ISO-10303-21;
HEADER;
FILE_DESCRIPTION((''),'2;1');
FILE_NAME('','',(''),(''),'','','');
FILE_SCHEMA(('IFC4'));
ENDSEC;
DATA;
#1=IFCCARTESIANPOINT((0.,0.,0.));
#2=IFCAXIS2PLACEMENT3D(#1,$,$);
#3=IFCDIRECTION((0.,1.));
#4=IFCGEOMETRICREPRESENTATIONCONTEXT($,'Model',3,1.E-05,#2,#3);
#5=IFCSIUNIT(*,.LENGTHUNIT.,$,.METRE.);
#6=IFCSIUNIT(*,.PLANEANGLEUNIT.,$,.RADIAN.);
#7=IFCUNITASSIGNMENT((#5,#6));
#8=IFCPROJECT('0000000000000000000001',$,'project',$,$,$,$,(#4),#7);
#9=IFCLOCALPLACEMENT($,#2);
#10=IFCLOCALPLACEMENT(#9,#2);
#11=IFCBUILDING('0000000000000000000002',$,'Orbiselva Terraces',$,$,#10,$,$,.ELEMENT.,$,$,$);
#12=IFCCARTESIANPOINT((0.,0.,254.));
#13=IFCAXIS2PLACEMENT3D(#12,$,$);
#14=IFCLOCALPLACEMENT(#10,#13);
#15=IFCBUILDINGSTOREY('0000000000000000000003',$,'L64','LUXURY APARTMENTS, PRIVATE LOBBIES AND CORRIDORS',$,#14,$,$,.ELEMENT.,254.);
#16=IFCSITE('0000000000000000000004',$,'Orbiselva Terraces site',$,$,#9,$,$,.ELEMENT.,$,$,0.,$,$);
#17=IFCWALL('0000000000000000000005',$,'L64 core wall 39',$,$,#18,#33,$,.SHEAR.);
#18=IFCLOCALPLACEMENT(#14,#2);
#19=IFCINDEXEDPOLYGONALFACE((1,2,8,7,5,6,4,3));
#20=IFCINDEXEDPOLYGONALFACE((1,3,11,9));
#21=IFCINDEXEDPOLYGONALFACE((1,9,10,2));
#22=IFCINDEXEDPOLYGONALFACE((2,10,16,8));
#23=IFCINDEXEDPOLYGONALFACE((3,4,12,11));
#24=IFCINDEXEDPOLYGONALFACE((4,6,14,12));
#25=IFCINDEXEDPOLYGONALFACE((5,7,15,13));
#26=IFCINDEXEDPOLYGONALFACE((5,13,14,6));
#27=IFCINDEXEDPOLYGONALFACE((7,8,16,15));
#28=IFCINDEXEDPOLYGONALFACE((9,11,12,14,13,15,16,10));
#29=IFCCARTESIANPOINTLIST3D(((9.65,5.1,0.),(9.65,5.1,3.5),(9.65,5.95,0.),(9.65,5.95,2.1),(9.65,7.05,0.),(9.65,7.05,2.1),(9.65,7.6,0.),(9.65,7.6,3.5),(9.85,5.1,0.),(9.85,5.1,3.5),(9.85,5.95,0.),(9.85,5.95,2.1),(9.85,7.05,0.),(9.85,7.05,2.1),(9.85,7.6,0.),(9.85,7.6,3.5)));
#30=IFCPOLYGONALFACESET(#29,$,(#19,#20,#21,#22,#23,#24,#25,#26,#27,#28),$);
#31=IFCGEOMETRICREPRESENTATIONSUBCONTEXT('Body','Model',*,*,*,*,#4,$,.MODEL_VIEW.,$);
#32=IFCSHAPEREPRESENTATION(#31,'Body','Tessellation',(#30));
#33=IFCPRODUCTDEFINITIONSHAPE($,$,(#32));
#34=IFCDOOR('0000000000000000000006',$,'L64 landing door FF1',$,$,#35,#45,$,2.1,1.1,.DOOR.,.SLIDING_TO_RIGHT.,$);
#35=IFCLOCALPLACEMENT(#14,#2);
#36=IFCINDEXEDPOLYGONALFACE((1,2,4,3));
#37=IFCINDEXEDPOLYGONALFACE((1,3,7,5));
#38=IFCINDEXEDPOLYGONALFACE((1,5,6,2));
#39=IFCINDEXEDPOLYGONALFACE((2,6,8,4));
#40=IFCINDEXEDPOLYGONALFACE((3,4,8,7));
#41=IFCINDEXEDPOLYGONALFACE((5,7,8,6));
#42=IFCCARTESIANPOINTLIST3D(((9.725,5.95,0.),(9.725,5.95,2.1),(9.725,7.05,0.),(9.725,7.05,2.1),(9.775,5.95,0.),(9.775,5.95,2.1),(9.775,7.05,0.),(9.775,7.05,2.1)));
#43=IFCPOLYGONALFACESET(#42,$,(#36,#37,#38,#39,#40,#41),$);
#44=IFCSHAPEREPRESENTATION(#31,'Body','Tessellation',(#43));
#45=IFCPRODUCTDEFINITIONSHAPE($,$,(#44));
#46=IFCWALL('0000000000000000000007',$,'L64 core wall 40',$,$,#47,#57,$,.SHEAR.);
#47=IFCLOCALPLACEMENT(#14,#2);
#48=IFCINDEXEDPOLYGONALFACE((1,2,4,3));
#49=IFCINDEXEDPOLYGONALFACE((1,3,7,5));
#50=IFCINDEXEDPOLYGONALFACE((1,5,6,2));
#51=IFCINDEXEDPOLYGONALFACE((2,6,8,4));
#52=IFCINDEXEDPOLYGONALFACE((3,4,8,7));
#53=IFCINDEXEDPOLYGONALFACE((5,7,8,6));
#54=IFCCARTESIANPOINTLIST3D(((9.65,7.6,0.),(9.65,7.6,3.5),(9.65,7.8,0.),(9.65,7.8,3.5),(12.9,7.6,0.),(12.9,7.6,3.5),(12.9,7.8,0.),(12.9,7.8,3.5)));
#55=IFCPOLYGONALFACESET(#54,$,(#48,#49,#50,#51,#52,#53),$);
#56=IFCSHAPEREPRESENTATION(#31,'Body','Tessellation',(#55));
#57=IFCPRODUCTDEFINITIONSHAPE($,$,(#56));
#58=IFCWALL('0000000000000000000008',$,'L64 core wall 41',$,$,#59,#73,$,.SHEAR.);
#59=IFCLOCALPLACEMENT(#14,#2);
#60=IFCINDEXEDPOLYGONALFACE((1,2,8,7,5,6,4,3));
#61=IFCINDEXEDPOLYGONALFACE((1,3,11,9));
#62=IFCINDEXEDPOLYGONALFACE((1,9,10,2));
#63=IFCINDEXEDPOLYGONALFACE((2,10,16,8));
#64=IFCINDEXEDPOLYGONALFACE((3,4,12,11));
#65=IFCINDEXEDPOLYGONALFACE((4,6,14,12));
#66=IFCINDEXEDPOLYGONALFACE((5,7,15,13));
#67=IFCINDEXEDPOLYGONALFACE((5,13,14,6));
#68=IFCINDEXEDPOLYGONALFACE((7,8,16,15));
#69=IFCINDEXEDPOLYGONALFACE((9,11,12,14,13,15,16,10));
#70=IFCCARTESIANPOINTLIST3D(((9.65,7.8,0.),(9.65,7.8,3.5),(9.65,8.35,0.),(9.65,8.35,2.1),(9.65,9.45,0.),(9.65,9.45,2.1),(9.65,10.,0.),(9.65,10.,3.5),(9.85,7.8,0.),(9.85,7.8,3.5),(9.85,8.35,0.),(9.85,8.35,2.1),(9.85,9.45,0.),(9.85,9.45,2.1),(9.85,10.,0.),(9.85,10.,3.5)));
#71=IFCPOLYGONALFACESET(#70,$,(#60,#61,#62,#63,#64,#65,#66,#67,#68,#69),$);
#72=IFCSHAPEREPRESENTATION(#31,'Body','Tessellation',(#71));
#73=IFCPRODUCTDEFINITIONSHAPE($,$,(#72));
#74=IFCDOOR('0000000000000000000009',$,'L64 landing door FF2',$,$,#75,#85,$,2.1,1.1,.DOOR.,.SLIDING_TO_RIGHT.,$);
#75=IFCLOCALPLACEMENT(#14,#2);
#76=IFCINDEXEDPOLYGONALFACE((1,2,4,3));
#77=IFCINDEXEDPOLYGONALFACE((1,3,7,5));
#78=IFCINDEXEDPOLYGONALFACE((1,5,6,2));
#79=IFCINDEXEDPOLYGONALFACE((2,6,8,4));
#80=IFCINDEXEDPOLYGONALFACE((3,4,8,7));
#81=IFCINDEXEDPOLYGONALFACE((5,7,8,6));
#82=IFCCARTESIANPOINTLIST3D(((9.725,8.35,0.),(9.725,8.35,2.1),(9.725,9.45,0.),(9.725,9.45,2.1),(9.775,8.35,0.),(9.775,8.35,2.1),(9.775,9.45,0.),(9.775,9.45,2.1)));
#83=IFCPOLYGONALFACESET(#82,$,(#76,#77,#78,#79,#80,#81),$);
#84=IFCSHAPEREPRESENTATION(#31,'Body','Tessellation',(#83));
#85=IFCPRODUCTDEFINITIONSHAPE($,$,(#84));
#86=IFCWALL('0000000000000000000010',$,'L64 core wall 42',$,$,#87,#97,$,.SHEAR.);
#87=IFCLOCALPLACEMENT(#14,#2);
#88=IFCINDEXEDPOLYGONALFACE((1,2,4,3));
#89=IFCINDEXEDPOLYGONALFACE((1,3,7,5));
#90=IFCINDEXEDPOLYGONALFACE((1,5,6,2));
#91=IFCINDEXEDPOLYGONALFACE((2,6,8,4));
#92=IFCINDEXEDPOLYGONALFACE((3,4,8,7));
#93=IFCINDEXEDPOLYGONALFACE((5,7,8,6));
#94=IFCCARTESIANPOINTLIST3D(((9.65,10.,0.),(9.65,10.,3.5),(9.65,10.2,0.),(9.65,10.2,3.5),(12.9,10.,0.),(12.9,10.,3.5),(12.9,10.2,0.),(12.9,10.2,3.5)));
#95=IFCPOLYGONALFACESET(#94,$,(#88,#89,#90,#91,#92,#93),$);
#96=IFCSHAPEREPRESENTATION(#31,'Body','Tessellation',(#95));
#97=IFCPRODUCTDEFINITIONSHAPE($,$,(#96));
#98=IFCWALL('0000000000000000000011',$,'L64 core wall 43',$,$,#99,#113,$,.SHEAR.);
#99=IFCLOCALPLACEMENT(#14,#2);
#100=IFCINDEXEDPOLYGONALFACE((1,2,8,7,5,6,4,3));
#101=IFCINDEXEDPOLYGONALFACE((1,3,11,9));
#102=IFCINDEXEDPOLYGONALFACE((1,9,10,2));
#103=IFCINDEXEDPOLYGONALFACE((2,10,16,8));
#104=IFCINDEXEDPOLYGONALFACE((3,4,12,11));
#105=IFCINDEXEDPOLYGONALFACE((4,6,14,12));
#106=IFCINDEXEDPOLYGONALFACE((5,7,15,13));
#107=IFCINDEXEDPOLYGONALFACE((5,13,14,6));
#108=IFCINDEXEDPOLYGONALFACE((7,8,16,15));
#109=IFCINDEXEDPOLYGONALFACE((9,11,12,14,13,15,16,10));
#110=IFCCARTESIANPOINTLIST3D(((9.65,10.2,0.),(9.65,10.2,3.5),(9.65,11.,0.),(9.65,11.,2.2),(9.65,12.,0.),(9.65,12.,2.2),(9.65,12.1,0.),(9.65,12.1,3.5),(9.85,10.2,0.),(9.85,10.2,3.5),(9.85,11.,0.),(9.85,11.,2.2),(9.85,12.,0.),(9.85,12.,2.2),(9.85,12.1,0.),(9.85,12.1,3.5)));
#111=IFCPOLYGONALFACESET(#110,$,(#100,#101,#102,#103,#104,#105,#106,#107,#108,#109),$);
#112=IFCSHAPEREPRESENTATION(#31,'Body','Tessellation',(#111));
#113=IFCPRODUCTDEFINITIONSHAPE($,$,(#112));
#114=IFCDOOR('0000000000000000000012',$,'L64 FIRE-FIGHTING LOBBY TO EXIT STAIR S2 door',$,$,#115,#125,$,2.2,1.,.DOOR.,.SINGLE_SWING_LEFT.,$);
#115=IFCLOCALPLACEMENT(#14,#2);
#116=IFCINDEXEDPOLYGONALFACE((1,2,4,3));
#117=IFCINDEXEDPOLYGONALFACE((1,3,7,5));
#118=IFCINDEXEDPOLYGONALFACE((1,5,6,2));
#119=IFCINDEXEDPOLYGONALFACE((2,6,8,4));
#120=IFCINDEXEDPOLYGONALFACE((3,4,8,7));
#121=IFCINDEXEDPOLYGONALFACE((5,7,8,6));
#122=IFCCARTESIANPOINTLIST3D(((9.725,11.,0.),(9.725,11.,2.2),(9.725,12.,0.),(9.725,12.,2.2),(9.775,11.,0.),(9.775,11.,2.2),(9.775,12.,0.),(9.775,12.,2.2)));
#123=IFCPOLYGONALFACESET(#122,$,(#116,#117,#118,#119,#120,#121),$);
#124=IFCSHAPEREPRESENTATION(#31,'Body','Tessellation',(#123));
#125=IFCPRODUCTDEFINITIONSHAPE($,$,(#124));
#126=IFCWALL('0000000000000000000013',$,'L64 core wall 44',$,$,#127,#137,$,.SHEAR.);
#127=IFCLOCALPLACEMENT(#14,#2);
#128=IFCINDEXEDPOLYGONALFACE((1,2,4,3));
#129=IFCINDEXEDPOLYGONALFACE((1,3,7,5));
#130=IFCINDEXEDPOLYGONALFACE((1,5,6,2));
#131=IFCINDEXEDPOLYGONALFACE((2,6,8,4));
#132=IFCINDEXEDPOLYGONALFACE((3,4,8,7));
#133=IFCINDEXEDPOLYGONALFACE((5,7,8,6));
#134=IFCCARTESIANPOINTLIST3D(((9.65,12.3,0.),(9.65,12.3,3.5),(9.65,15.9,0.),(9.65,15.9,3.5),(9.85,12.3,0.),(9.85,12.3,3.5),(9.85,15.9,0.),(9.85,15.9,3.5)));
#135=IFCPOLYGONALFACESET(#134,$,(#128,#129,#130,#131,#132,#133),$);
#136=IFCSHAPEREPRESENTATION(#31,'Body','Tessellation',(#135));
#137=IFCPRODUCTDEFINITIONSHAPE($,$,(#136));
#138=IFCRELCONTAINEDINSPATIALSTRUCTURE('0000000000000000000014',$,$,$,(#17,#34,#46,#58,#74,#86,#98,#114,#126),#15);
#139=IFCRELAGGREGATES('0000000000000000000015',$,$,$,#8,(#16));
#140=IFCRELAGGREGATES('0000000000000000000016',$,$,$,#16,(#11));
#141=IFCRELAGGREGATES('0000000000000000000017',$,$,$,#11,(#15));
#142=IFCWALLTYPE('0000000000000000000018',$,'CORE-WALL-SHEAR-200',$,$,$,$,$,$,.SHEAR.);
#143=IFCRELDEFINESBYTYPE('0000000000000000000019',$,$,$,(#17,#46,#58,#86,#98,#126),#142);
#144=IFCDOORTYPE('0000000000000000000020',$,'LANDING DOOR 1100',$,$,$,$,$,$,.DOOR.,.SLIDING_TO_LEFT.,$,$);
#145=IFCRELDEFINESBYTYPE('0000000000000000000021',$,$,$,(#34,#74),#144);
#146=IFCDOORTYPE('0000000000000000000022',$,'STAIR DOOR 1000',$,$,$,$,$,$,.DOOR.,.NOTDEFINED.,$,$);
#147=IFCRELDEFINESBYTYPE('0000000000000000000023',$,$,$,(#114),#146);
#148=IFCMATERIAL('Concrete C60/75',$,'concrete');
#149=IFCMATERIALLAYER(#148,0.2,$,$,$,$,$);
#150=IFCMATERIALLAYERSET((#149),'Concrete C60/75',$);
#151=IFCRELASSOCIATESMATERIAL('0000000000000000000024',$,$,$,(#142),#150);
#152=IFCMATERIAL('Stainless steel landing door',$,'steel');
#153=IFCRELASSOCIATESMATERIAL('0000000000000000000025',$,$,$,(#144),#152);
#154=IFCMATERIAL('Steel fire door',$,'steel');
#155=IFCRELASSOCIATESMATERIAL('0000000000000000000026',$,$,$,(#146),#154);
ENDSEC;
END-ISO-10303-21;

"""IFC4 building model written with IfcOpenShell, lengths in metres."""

from ifc_helpers import new_model, si_unit, direction, frame, frame_2d, origin, place, context, subcontext, project, spatial, rectangle, extrude, material, layer, layer_set, type_object, element, fill, save


model = new_model("IFC4")

# Units and contexts
model_context = context("Model", 3, precision=1e-05, world=origin(), true_north=direction((0.0, 1.0)))
body_context = subcontext(model_context, "Body", "Model", "MODEL_VIEW")
ifc_project = project(units=[si_unit("LENGTHUNIT", "METRE"), si_unit("PLANEANGLEUNIT", "RADIAN")], contexts=[model_context])

# Site, building, storey
site_placement = place(None, origin())
site = spatial("IfcSite", under=ifc_project, at=site_placement, Name="Orbiselva Terraces site", CompositionType="ELEMENT", RefElevation=0.0)
building_placement = place(site_placement, origin())
building = spatial("IfcBuilding", under=site, at=building_placement, Name="Orbiselva Terraces", CompositionType="ELEMENT")
storey_placement = place(building_placement, frame((0.0, 0.0, 254.0)))
storey = spatial("IfcBuildingStorey", under=building, at=storey_placement, Name="L64", Description="LUXURY APARTMENTS, PRIVATE LOBBIES AND CORRIDORS", CompositionType="ELEMENT", Elevation=254.0)

# Shared definitions
ifc_material_1 = material(Name="Steel fire door", Category="steel")

# Shared definitions
ifc_material_2 = material(Name="Concrete C60/75", Category="concrete")
ifc_layer_1 = layer(ifc_material_2, 0.2)
ifc_layer_set_1 = layer_set([ifc_layer_1], Name="Concrete C60/75")
wall_type_1 = type_object("IfcWallType", Name="CORE-WALL-SHEAR-200", PredefinedType="SHEAR", material=ifc_layer_set_1)

# Wall, opening, door
wall_1_placement = place(storey_placement, frame((9.75, 5.1, 0.0), z_axis=(0.0, 0.0, 1.0), x_axis=(0.0, 1.0, 0.0)))
wall_1 = element("IfcWall", 1, at=wall_1_placement, inside=storey, type_object=wall_type_1, Name="L64 core wall 39", PredefinedType="SHEAR", context=body_context, shape_type="SweptSolid", body=[
    extrude(rectangle(XDim=2.5, YDim=0.2, at=frame_2d((1.25, 0.0))), origin(), (0.0, 0.0, 1.0), 3.5),
])
opening_1_placement = place(wall_1_placement, frame((0.85, 0.0, 0.0)))
opening_1 = element("IfcOpeningElement", 2, at=opening_1_placement, cuts=wall_1, PredefinedType="OPENING", context=body_context, shape_type="SweptSolid", body=[
    extrude(rectangle(XDim=1.1, YDim=2.1, at=frame_2d((0.55, 1.05))), frame((0.0, 0.11, 0.0), z_axis=(0.0, -1.0, 0.0), x_axis=(1.0, 0.0, 0.0)), (0.0, 0.0, 1.0), 0.22),
])
ifc_material_3 = material(Name="Stainless steel landing door", Category="steel")
door_type_1 = type_object("IfcDoorType", Name="LANDING DOOR 1100", OperationType="SLIDING_TO_LEFT", PredefinedType="DOOR", material=ifc_material_3)
door_1_placement = place(opening_1_placement, origin())
door_1 = element("IfcDoor", 3, at=door_1_placement, inside=storey, type_object=door_type_1, Name="L64 landing door FF1", OperationType="SLIDING_TO_RIGHT", OverallHeight=2.1, OverallWidth=1.1, PredefinedType="DOOR", context=body_context, shape_type="SweptSolid", body=[
    extrude(rectangle(XDim=1.1, YDim=2.1, at=frame_2d((0.55, 1.05))), frame((0.0, 0.025, 0.0), z_axis=(0.0, -1.0, 0.0), x_axis=(1.0, 0.0, 0.0)), (0.0, 0.0, 1.0), 0.05),
])
fill(opening_1, door_1)

# Wall
wall_2_placement = place(storey_placement, frame((9.65, 7.7, 0.0), z_axis=(0.0, 0.0, 1.0), x_axis=(1.0, 0.0, 0.0)))
element("IfcWall", 4, at=wall_2_placement, inside=storey, type_object=wall_type_1, Name="L64 core wall 40", PredefinedType="SHEAR", context=body_context, shape_type="SweptSolid", body=[
    extrude(rectangle(XDim=3.25, YDim=0.2, at=frame_2d((1.625, 0.0))), origin(), (0.0, 0.0, 1.0), 3.5),
])

# Wall, opening, door
wall_3_placement = place(storey_placement, frame((9.75, 7.8, 0.0), z_axis=(0.0, 0.0, 1.0), x_axis=(0.0, 1.0, 0.0)))
wall_3 = element("IfcWall", 5, at=wall_3_placement, inside=storey, type_object=wall_type_1, Name="L64 core wall 41", PredefinedType="SHEAR", context=body_context, shape_type="SweptSolid", body=[
    extrude(rectangle(XDim=2.2, YDim=0.2, at=frame_2d((1.1, 0.0))), origin(), (0.0, 0.0, 1.0), 3.5),
])
opening_2_placement = place(wall_3_placement, frame((0.55, 0.0, 0.0)))
opening_2 = element("IfcOpeningElement", 6, at=opening_2_placement, cuts=wall_3, PredefinedType="OPENING", context=body_context, shape_type="SweptSolid", body=[
    extrude(rectangle(XDim=1.1, YDim=2.1, at=frame_2d((0.55, 1.05))), frame((0.0, 0.11, 0.0), z_axis=(0.0, -1.0, 0.0), x_axis=(1.0, 0.0, 0.0)), (0.0, 0.0, 1.0), 0.22),
])
door_2_placement = place(opening_2_placement, origin())
door_2 = element("IfcDoor", 7, at=door_2_placement, inside=storey, type_object=door_type_1, Name="L64 landing door FF2", OperationType="SLIDING_TO_RIGHT", OverallHeight=2.1, OverallWidth=1.1, PredefinedType="DOOR", context=body_context, shape_type="SweptSolid", body=[
    extrude(rectangle(XDim=1.1, YDim=2.1, at=frame_2d((0.55, 1.05))), frame((0.0, 0.025, 0.0), z_axis=(0.0, -1.0, 0.0), x_axis=(1.0, 0.0, 0.0)), (0.0, 0.0, 1.0), 0.05),
])
fill(opening_2, door_2)

# Wall
wall_4_placement = place(storey_placement, frame((9.65, 10.1, 0.0), z_axis=(0.0, 0.0, 1.0), x_axis=(1.0, 0.0, 0.0)))
element("IfcWall", 8, at=wall_4_placement, inside=storey, type_object=wall_type_1, Name="L64 core wall 42", PredefinedType="SHEAR", context=body_context, shape_type="SweptSolid", body=[
    extrude(rectangle(XDim=3.25, YDim=0.2, at=frame_2d((1.625, 0.0))), origin(), (0.0, 0.0, 1.0), 3.5),
])

# Wall, opening, door
wall_5_placement = place(storey_placement, frame((9.75, 12.1, 0.0), z_axis=(0.0, 0.0, 1.0), x_axis=(0.0, -1.0, 0.0)))
wall_5 = element("IfcWall", 9, at=wall_5_placement, inside=storey, type_object=wall_type_1, Name="L64 core wall 43", PredefinedType="SHEAR", context=body_context, shape_type="SweptSolid", body=[
    extrude(rectangle(XDim=1.9, YDim=0.2, at=frame_2d((0.95, 0.0))), origin(), (0.0, 0.0, 1.0), 3.5),
])
opening_3_placement = place(wall_5_placement, frame((0.1, 0.0, 0.0)))
opening_3 = element("IfcOpeningElement", 10, at=opening_3_placement, cuts=wall_5, PredefinedType="OPENING", context=body_context, shape_type="SweptSolid", body=[
    extrude(rectangle(XDim=1.0, YDim=2.2, at=frame_2d((0.5, 1.1))), frame((0.0, 0.11, 0.0), z_axis=(0.0, -1.0, 0.0), x_axis=(1.0, 0.0, 0.0)), (0.0, 0.0, 1.0), 0.22),
])
door_type_2 = type_object("IfcDoorType", Name="STAIR DOOR 1000", OperationType="NOTDEFINED", PredefinedType="DOOR", material=ifc_material_1)
door_3_placement = place(opening_3_placement, origin())
door_3 = element("IfcDoor", 11, at=door_3_placement, inside=storey, type_object=door_type_2, Name="L64 FIRE-FIGHTING LOBBY TO EXIT STAIR S2 door", OperationType="SINGLE_SWING_LEFT", OverallHeight=2.2, OverallWidth=1.0, PredefinedType="DOOR", context=body_context, shape_type="SweptSolid", body=[
    extrude(rectangle(XDim=1.0, YDim=2.2, at=frame_2d((0.5, 1.1))), frame((0.0, 0.025, 0.0), z_axis=(0.0, -1.0, 0.0), x_axis=(1.0, 0.0, 0.0)), (0.0, 0.0, 1.0), 0.05),
])
fill(opening_3, door_3)

# Wall
wall_6_placement = place(storey_placement, frame((9.75, 12.3, 0.0), z_axis=(0.0, 0.0, 1.0), x_axis=(0.0, 1.0, 0.0)))
element("IfcWall", 12, at=wall_6_placement, inside=storey, type_object=wall_type_1, Name="L64 core wall 44", PredefinedType="SHEAR", context=body_context, shape_type="SweptSolid", body=[
    extrude(rectangle(XDim=3.6, YDim=0.2, at=frame_2d((1.8, 0.0))), origin(), (0.0, 0.0, 1.0), 3.5),
])

save(model, "model.ifc")
